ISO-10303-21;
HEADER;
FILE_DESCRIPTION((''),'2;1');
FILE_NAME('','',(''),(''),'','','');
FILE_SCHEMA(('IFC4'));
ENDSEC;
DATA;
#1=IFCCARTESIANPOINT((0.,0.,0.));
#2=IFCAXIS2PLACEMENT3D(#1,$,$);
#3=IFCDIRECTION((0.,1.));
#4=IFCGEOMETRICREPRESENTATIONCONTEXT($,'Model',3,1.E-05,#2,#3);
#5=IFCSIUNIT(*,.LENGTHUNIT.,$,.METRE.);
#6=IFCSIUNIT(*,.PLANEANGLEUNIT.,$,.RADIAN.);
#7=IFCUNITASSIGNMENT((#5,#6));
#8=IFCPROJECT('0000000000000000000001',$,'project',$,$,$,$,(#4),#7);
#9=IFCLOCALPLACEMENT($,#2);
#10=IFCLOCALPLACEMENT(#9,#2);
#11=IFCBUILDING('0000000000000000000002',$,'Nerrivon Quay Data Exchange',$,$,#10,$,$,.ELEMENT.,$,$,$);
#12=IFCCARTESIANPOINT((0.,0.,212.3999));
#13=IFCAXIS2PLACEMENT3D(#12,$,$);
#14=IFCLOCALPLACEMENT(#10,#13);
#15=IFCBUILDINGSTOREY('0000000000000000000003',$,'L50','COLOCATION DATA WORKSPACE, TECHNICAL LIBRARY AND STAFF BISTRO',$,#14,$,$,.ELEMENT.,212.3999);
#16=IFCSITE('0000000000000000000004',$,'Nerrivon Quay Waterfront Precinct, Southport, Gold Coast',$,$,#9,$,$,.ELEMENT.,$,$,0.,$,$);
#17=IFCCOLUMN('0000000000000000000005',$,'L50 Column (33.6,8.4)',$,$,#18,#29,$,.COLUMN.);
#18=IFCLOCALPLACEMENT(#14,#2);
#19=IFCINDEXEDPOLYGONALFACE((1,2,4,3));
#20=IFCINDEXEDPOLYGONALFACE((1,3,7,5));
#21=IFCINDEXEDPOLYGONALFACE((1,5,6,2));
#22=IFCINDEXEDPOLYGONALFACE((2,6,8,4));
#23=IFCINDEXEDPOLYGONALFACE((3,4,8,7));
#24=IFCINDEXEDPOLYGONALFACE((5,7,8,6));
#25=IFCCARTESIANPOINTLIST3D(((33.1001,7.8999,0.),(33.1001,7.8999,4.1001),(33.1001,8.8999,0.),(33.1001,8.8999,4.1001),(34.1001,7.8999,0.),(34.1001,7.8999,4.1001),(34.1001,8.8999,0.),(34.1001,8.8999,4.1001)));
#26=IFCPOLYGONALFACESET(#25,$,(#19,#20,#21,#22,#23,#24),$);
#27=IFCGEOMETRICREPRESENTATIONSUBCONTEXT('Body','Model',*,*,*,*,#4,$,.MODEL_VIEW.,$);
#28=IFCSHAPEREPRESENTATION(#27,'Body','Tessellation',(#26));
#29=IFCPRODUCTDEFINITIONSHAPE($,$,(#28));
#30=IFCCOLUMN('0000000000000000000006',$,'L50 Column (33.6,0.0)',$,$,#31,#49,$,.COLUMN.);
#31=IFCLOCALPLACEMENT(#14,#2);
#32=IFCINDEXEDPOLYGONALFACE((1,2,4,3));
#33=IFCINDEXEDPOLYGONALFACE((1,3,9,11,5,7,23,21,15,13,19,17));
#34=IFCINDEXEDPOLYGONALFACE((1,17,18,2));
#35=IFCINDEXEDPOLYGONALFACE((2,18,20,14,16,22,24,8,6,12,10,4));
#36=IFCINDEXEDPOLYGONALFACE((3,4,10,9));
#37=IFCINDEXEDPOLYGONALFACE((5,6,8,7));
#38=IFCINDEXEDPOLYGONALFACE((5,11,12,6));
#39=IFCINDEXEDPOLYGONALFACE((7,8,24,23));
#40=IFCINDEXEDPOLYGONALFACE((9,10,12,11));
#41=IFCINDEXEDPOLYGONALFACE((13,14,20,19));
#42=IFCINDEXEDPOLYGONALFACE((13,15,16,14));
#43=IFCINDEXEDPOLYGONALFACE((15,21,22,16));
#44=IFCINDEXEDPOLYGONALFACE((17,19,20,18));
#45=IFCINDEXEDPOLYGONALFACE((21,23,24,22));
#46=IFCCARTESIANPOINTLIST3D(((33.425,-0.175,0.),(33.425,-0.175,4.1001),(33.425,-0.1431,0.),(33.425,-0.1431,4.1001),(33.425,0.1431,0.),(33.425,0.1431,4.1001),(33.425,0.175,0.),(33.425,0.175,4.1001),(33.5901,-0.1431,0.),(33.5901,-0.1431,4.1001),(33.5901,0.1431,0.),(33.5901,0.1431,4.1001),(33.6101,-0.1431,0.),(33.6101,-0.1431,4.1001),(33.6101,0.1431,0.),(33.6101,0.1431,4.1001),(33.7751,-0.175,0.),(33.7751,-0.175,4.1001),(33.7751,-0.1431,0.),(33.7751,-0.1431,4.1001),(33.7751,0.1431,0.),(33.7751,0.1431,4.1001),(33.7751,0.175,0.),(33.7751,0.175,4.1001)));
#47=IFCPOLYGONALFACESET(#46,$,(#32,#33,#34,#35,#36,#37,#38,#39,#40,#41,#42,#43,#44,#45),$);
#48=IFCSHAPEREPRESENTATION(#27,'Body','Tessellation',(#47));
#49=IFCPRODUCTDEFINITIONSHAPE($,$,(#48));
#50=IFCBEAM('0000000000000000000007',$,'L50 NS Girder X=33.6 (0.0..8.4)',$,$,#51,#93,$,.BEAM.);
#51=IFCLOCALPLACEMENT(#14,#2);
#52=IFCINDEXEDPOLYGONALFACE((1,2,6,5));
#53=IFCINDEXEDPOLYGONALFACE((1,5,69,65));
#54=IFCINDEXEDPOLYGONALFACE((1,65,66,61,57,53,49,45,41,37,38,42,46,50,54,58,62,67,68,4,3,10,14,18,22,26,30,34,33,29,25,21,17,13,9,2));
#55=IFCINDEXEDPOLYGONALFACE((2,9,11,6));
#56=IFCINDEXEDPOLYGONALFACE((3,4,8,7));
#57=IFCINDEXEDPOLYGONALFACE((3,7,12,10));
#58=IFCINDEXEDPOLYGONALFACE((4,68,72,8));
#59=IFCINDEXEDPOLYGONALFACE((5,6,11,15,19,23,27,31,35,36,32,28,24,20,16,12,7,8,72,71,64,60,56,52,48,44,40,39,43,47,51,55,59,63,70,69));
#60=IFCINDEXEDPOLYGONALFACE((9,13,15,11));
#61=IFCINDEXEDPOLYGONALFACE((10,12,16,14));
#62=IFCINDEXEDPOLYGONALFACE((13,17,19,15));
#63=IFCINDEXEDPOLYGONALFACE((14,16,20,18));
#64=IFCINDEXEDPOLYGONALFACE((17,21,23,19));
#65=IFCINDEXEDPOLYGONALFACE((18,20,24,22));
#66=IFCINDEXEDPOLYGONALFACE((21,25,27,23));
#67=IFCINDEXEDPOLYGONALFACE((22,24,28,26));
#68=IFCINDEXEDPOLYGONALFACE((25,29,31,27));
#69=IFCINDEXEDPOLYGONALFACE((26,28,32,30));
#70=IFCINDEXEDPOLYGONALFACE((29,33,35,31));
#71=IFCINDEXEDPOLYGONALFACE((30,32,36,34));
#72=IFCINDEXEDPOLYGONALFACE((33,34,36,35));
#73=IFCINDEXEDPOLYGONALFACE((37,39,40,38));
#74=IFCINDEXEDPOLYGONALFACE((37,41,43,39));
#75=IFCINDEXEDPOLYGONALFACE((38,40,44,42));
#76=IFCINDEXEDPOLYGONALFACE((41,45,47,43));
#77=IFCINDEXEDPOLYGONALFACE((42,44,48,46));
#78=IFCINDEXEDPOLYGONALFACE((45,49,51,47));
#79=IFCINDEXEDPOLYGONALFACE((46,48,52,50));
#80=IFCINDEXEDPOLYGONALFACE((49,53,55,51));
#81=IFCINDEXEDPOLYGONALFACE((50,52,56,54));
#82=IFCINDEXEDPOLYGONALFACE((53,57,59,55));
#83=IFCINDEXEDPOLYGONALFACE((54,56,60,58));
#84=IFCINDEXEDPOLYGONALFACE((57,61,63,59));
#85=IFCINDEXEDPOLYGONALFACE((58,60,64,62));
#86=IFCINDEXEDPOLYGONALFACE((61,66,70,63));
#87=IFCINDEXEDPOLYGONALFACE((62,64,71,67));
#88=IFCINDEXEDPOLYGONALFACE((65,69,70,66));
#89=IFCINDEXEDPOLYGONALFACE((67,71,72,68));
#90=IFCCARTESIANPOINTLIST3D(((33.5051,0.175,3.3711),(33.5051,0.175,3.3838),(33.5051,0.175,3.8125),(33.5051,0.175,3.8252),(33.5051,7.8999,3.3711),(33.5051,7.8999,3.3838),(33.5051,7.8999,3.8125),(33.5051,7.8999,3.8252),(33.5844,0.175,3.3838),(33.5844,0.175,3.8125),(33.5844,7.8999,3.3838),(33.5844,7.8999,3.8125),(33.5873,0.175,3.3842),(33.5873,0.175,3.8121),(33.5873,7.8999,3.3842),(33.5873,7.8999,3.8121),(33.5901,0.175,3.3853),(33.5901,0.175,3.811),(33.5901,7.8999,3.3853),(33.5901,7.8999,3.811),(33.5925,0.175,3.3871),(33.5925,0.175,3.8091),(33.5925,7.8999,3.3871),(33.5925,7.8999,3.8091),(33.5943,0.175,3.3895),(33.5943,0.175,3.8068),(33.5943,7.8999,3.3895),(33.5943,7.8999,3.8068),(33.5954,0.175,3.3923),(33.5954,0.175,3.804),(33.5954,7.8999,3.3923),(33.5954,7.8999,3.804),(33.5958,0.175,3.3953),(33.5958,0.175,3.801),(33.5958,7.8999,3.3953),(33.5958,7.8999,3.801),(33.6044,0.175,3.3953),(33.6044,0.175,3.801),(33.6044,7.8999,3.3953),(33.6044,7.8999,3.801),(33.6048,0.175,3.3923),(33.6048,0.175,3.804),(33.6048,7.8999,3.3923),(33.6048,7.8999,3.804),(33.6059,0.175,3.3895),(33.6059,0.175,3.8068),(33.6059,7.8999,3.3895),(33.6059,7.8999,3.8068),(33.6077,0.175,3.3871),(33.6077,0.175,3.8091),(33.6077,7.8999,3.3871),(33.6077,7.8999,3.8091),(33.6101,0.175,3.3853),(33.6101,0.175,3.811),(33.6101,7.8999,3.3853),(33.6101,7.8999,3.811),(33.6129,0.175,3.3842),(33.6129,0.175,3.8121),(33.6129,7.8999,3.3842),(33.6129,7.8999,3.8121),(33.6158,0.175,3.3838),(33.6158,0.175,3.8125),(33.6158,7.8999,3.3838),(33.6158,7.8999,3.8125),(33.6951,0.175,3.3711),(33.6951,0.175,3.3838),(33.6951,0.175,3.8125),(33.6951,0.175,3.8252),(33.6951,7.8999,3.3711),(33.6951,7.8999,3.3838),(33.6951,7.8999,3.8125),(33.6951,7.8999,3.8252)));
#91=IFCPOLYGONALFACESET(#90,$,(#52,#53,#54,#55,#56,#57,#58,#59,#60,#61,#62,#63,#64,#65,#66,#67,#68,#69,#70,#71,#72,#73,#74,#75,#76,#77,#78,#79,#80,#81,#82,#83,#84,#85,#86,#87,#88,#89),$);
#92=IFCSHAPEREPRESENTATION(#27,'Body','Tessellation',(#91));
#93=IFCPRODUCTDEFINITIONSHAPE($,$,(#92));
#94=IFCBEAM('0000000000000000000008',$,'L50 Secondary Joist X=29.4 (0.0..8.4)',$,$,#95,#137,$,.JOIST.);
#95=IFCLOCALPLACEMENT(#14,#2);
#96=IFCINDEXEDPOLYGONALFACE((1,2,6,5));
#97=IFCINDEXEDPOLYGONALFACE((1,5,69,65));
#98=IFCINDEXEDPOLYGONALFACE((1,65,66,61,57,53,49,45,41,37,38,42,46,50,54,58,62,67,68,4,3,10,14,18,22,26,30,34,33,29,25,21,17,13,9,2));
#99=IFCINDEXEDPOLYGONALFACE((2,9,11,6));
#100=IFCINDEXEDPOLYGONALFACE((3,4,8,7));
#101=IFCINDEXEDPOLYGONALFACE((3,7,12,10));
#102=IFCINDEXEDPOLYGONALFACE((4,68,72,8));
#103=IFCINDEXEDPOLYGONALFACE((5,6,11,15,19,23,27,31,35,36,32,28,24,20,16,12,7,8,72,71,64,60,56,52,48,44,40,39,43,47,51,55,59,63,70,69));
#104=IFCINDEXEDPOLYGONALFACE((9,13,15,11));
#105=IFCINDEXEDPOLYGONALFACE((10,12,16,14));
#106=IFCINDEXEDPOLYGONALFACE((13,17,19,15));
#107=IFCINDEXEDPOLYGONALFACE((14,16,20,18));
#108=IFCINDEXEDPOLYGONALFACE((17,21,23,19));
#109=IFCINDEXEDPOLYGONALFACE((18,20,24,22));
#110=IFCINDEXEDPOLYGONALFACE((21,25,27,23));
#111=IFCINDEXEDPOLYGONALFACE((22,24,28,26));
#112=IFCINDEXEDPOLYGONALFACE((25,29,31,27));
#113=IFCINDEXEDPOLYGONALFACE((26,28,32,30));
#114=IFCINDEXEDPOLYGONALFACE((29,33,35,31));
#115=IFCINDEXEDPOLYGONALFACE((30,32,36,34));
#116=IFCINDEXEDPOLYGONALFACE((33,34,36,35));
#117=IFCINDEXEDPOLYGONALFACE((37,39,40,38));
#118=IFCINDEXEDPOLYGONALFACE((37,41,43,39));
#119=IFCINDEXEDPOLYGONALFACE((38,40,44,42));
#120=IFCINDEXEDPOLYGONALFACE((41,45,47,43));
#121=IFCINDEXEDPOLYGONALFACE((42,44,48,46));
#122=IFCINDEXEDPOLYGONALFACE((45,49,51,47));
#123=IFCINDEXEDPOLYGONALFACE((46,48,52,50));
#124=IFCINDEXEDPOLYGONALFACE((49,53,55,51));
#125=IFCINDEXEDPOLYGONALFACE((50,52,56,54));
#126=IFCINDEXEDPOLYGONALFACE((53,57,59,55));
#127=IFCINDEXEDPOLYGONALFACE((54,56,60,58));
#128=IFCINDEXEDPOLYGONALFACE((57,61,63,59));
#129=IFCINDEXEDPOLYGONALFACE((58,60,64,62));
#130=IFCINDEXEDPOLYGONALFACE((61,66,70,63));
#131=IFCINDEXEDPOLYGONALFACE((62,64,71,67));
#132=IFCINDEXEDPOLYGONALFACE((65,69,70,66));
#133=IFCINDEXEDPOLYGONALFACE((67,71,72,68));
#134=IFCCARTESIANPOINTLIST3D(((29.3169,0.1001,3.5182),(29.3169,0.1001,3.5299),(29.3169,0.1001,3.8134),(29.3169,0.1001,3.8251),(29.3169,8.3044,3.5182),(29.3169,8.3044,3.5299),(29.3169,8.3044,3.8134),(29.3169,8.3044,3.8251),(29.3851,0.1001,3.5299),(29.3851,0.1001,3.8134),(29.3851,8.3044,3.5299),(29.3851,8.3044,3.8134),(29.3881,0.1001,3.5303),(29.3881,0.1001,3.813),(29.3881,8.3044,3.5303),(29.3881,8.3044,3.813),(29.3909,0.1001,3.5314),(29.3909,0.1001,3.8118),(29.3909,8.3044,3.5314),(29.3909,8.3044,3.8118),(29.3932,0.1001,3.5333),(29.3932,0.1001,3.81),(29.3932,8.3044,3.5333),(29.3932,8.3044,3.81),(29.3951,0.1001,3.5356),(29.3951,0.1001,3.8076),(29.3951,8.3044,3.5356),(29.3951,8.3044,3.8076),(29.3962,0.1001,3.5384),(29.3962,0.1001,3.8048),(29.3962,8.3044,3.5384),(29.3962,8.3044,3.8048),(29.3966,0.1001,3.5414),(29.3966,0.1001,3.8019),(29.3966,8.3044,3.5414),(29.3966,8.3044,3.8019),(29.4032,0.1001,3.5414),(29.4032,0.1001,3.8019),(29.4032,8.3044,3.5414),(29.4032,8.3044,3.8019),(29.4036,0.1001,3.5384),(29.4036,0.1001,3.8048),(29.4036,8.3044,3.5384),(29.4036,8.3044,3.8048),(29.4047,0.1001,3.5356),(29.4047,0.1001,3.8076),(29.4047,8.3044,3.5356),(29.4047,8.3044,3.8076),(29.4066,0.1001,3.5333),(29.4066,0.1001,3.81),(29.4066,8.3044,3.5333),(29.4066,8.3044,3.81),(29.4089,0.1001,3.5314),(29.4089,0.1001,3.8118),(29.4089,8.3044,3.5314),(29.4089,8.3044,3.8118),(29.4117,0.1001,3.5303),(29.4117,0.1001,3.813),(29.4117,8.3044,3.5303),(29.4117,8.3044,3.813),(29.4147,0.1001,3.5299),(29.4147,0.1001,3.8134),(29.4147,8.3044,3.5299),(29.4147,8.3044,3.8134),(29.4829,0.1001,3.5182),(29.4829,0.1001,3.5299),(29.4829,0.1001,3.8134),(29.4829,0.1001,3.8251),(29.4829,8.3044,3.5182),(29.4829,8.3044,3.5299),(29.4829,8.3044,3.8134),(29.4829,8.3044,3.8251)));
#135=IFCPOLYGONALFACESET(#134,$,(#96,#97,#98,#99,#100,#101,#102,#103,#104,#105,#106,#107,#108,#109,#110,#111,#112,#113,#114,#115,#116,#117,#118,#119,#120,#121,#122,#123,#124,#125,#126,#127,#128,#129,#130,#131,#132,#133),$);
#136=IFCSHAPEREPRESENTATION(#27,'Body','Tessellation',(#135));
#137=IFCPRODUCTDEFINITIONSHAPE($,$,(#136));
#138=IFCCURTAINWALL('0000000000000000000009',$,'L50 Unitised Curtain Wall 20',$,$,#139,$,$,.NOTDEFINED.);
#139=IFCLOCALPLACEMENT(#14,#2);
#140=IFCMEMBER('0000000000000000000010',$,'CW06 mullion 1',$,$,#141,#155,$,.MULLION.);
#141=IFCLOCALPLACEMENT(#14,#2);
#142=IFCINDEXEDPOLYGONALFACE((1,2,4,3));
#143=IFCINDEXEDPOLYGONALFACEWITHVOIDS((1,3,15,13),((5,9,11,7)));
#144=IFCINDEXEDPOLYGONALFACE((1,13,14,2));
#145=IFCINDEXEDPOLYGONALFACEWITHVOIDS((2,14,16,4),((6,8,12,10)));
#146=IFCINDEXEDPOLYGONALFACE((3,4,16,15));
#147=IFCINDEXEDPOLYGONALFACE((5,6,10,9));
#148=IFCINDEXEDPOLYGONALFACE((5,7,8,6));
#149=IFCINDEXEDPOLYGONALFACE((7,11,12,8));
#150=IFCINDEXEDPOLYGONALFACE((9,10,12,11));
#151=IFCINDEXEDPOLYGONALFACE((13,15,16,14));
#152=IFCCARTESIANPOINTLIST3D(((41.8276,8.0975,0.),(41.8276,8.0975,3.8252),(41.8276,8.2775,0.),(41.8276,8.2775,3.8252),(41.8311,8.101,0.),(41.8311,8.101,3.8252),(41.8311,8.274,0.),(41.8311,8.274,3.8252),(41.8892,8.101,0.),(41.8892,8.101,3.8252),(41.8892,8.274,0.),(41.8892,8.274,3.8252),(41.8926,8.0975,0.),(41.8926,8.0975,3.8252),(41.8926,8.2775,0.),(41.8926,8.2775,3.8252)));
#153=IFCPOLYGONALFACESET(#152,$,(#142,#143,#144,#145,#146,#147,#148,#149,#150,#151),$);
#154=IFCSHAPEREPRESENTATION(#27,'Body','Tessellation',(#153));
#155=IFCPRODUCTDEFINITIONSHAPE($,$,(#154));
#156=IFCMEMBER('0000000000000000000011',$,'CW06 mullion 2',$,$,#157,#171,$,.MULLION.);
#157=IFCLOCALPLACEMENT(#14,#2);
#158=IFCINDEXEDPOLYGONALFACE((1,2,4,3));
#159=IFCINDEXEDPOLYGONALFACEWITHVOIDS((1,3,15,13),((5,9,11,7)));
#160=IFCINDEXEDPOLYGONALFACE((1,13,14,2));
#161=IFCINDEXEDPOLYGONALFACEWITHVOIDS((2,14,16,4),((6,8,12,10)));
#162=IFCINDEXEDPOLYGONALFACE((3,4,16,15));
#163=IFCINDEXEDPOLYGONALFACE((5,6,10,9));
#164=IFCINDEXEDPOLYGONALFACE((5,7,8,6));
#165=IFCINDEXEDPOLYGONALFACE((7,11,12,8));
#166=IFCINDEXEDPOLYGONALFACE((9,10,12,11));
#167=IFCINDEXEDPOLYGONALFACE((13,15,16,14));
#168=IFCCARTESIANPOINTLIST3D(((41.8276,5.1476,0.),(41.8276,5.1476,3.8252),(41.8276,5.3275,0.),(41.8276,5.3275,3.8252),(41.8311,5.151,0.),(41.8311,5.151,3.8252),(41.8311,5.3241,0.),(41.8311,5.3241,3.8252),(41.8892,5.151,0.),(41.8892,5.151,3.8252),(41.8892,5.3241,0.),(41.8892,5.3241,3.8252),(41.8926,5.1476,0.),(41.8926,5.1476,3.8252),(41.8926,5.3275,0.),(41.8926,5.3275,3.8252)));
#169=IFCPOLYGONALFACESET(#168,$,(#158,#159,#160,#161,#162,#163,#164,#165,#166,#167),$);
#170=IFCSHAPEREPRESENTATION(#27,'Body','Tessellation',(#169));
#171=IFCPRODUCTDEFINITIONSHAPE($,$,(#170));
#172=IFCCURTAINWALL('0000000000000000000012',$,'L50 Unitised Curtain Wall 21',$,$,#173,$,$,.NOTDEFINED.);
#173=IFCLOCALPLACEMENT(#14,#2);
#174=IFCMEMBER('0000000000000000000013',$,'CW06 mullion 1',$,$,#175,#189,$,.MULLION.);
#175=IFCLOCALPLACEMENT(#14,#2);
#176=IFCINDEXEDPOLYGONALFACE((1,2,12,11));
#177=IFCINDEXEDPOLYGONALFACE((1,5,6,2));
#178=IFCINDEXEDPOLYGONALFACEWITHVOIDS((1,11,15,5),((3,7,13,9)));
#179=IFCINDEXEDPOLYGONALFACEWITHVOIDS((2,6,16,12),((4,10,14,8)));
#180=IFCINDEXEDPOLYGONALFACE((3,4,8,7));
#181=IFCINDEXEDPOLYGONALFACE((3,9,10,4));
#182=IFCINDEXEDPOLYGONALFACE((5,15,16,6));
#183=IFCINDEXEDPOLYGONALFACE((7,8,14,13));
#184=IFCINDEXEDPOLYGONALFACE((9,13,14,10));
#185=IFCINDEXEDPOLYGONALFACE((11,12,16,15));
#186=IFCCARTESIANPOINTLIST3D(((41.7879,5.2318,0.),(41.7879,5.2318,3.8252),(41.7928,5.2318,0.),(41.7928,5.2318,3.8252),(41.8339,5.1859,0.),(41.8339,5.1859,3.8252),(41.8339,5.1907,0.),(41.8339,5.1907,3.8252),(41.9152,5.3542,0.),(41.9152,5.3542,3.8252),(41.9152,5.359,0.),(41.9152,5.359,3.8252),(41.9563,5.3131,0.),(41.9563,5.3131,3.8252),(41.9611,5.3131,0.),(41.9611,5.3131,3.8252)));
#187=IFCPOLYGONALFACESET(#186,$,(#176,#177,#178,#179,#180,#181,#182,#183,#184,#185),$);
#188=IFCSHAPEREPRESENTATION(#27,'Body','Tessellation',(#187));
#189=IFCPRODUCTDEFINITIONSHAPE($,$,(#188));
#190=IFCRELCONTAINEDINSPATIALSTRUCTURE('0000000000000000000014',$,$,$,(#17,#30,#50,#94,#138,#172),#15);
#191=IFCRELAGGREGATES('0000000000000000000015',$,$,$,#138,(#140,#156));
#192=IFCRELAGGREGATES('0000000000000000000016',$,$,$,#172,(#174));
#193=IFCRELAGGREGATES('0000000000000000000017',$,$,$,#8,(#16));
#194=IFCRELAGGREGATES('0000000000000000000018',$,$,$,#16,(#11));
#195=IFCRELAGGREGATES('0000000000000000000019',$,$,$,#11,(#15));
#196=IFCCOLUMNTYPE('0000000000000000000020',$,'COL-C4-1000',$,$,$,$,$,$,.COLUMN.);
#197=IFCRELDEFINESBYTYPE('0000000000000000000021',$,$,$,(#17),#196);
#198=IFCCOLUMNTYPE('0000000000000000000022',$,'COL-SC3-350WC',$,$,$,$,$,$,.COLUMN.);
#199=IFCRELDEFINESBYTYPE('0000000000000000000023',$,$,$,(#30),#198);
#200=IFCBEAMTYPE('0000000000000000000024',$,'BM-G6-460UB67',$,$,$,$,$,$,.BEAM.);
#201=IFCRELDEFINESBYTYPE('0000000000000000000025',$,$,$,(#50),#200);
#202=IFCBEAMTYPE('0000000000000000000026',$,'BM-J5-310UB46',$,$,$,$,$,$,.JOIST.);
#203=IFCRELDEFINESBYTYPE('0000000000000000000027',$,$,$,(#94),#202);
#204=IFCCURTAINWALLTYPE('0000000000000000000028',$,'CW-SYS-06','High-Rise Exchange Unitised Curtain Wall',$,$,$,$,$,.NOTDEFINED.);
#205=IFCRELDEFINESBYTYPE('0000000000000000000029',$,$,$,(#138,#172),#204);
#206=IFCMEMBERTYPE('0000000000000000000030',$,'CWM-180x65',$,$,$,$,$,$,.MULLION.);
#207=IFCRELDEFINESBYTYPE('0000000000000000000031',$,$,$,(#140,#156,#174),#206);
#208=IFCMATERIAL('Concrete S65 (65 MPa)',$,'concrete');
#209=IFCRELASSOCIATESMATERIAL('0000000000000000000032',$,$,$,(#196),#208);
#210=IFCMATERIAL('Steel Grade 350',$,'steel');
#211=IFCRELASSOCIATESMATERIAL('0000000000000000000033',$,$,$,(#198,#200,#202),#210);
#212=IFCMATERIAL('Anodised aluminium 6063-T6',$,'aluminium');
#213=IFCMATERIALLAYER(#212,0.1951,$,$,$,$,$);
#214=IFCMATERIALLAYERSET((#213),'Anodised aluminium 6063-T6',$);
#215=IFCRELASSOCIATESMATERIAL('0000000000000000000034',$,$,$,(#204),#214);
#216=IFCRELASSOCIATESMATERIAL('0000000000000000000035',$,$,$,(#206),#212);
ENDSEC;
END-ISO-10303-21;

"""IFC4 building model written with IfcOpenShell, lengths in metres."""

from ifc_helpers import new_model, si_unit, direction, frame, origin, origin_2d, place, context, subcontext, project, spatial, rectangle, hollow_rectangle, i_section, extrude, material, layer, layer_set, material_profile, profile_set, type_object, element, aggregate, save


model = new_model("IFC4")

# Units and contexts
model_context = context("Model", 3, precision=1e-05, world=origin(), true_north=direction((0.0, 1.0)))
body_context = subcontext(model_context, "Body", "Model", "MODEL_VIEW")
ifc_project = project(units=[si_unit("LENGTHUNIT", "METRE"), si_unit("PLANEANGLEUNIT", "RADIAN")], contexts=[model_context])

# Site, building, storey
site_placement = place(None, origin())
site = spatial("IfcSite", under=ifc_project, at=site_placement, Name="Nerrivon Quay Waterfront Precinct, Southport, Gold Coast", CompositionType="ELEMENT", RefElevation=0.0)
building_placement = place(site_placement, origin())
building = spatial("IfcBuilding", under=site, at=building_placement, Name="Nerrivon Quay Data Exchange", CompositionType="ELEMENT")
storey_placement = place(building_placement, frame((0.0, 0.0, 212.3999)))
storey = spatial("IfcBuildingStorey", under=building, at=storey_placement, Name="L50", Description="COLOCATION DATA WORKSPACE, TECHNICAL LIBRARY AND STAFF BISTRO", CompositionType="ELEMENT", Elevation=212.3999)

# Columns
ifc_material_1 = material(Name="Concrete S65 (65 MPa)", Category="concrete")
ifc_material_profile_1 = material_profile(ifc_material_1, rectangle(XDim=1.0, YDim=1.0, at=origin_2d()), Name="RC-COL-1000x1000")
ifc_profile_set_1 = profile_set([ifc_material_profile_1], Name="Concrete S65 (65 MPa)")
column_type_1 = type_object("IfcColumnType", Name="COL-C4-1000", PredefinedType="COLUMN", material=ifc_profile_set_1)
column_1_placement = place(storey_placement, frame((33.6001, 8.3999, 0.0), z_axis=(0.0, 0.0, 1.0), x_axis=(1.0, 0.0, 0.0)))
element("IfcColumn", 1, at=column_1_placement, inside=storey, type_object=column_type_1, Name="L50 Column (33.6,8.4)", PredefinedType="COLUMN", context=body_context, shape_type="SweptSolid", body=[
    extrude(rectangle(XDim=1.0, YDim=1.0, at=origin_2d()), origin(), (0.0, 0.0, 1.0), 4.1001),
])
ifc_material_2 = material(Name="Steel Grade 350", Category="steel")
ifc_material_profile_2 = material_profile(ifc_material_2, i_section(OverallWidth=0.3501, OverallDepth=0.3501, WebThickness=0.02, FlangeThickness=0.032, at=origin_2d()), Name="350WC230")
ifc_profile_set_2 = profile_set([ifc_material_profile_2], Name="Steel Grade 350")
column_type_2 = type_object("IfcColumnType", Name="COL-SC3-350WC", PredefinedType="COLUMN", material=ifc_profile_set_2)
column_2_placement = place(storey_placement, frame((33.6001, 0.0, 0.0), z_axis=(0.0, 0.0, 1.0), x_axis=(1.0, 0.0, 0.0)))
element("IfcColumn", 2, at=column_2_placement, inside=storey, type_object=column_type_2, Name="L50 Column (33.6,0.0)", PredefinedType="COLUMN", context=body_context, shape_type="SweptSolid", body=[
    extrude(i_section(OverallWidth=0.3501, OverallDepth=0.3501, WebThickness=0.02, FlangeThickness=0.032, at=origin_2d()), origin(), (0.0, 0.0, 1.0), 4.1001),
])

# Beams
ifc_material_profile_3 = material_profile(ifc_material_2, i_section(OverallWidth=0.1899, OverallDepth=0.4541, WebThickness=0.0085, FlangeThickness=0.0127, FilletRadius=0.0115, at=origin_2d()), Name="460UB67.1")
ifc_profile_set_3 = profile_set([ifc_material_profile_3], Name="Steel Grade 350")
beam_type_1 = type_object("IfcBeamType", Name="BM-G6-460UB67", PredefinedType="BEAM", material=ifc_profile_set_3)
beam_1_placement = place(storey_placement, frame((33.6001, 0.175, 3.5981), z_axis=(0.0, 1.0, 0.0), x_axis=(-1.0, 0.0, 0.0)))
element("IfcBeam", 3, at=beam_1_placement, inside=storey, type_object=beam_type_1, Name="L50 NS Girder X=33.6 (0.0..8.4)", PredefinedType="BEAM", context=body_context, shape_type="SweptSolid", body=[
    extrude(i_section(OverallWidth=0.1899, OverallDepth=0.4541, WebThickness=0.0085, FlangeThickness=0.0127, FilletRadius=0.0115, at=origin_2d()), origin(), (0.0, 0.0, 1.0), 7.7249),
])
ifc_material_profile_4 = material_profile(ifc_material_2, i_section(OverallWidth=0.166, OverallDepth=0.3069, WebThickness=0.0066, FlangeThickness=0.0117, FilletRadius=0.0115, at=origin_2d()), Name="310UB46.2")
ifc_profile_set_4 = profile_set([ifc_material_profile_4], Name="Steel Grade 350")
beam_type_2 = type_object("IfcBeamType", Name="BM-J5-310UB46", PredefinedType="JOIST", material=ifc_profile_set_4)
beam_2_placement = place(storey_placement, frame((29.3999, 0.1001, 3.6716), z_axis=(0.0, 1.0, 0.0), x_axis=(-1.0, 0.0, 0.0)))
element("IfcBeam", 4, at=beam_2_placement, inside=storey, type_object=beam_type_2, Name="L50 Secondary Joist X=29.4 (0.0..8.4)", PredefinedType="JOIST", context=body_context, shape_type="SweptSolid", body=[
    extrude(i_section(OverallWidth=0.166, OverallDepth=0.3069, WebThickness=0.0066, FlangeThickness=0.0117, FilletRadius=0.0115, at=origin_2d()), origin(), (0.0, 0.0, 1.0), 8.2043),
])

# Curtain walls, members
ifc_material_3 = material(Name="Anodised aluminium 6063-T6", Category="aluminium")
ifc_layer_1 = layer(ifc_material_3, 0.1951)
ifc_layer_set_1 = layer_set([ifc_layer_1], Name="Anodised aluminium 6063-T6")
curtain_wall_type = type_object("IfcCurtainWallType", Name="CW-SYS-06", Description="High-Rise Exchange Unitised Curtain Wall", PredefinedType="NOTDEFINED", material=ifc_layer_set_1)
curtain_wall_1_placement = place(storey_placement, origin())
curtain_wall_1 = element("IfcCurtainWall", 5, at=curtain_wall_1_placement, inside=storey, type_object=curtain_wall_type, Name="L50 Unitised Curtain Wall 20", PredefinedType="NOTDEFINED")
ifc_material_profile_5 = material_profile(ifc_material_3, hollow_rectangle(XDim=0.0649, YDim=0.1799, WallThickness=0.0034, at=origin_2d()), Name="ALU-MULL-180x65")
ifc_profile_set_5 = profile_set([ifc_material_profile_5], Name="Anodised aluminium 6063-T6")
member_type_1 = type_object("IfcMemberType", Name="CWM-180x65", PredefinedType="MULLION", material=ifc_profile_set_5)
member_1_placement = place(storey_placement, frame((41.8601, 8.1875, 0.0), z_axis=(0.0, 0.0, 1.0), x_axis=(1.0, 0.0, 0.0)))
member_1 = element("IfcMember", 6, at=member_1_placement, type_object=member_type_1, Name="CW06 mullion 1", PredefinedType="MULLION", context=body_context, shape_type="SweptSolid", body=[
    extrude(hollow_rectangle(XDim=0.0649, YDim=0.1799, WallThickness=0.0034, at=origin_2d()), origin(), (0.0, 0.0, 1.0), 3.8252),
])
member_2_placement = place(storey_placement, frame((41.8601, 5.2375, 0.0), z_axis=(0.0, 0.0, 1.0), x_axis=(1.0, 0.0, 0.0)))
member_2 = element("IfcMember", 7, at=member_2_placement, type_object=member_type_1, Name="CW06 mullion 2", PredefinedType="MULLION", context=body_context, shape_type="SweptSolid", body=[
    extrude(hollow_rectangle(XDim=0.0649, YDim=0.1799, WallThickness=0.0034, at=origin_2d()), origin(), (0.0, 0.0, 1.0), 3.8252),
])
curtain_wall_2_placement = place(storey_placement, origin())
curtain_wall_2 = element("IfcCurtainWall", 8, at=curtain_wall_2_placement, inside=storey, type_object=curtain_wall_type, Name="L50 Unitised Curtain Wall 21", PredefinedType="NOTDEFINED")
member_3_placement = place(storey_placement, frame((41.8745, 5.2725, 0.0), z_axis=(0.0, 0.0, 1.0), x_axis=(0.707107, -0.707107, 0.0)))
member_3 = element("IfcMember", 9, at=member_3_placement, type_object=member_type_1, Name="CW06 mullion 1", PredefinedType="MULLION", context=body_context, shape_type="SweptSolid", body=[
    extrude(hollow_rectangle(XDim=0.0649, YDim=0.1799, WallThickness=0.0034, at=origin_2d()), origin(), (0.0, 0.0, 1.0), 3.8252),
])

aggregate(curtain_wall_1, [member_1, member_2])
aggregate(curtain_wall_2, [member_3])

save(model, "model.ifc")
